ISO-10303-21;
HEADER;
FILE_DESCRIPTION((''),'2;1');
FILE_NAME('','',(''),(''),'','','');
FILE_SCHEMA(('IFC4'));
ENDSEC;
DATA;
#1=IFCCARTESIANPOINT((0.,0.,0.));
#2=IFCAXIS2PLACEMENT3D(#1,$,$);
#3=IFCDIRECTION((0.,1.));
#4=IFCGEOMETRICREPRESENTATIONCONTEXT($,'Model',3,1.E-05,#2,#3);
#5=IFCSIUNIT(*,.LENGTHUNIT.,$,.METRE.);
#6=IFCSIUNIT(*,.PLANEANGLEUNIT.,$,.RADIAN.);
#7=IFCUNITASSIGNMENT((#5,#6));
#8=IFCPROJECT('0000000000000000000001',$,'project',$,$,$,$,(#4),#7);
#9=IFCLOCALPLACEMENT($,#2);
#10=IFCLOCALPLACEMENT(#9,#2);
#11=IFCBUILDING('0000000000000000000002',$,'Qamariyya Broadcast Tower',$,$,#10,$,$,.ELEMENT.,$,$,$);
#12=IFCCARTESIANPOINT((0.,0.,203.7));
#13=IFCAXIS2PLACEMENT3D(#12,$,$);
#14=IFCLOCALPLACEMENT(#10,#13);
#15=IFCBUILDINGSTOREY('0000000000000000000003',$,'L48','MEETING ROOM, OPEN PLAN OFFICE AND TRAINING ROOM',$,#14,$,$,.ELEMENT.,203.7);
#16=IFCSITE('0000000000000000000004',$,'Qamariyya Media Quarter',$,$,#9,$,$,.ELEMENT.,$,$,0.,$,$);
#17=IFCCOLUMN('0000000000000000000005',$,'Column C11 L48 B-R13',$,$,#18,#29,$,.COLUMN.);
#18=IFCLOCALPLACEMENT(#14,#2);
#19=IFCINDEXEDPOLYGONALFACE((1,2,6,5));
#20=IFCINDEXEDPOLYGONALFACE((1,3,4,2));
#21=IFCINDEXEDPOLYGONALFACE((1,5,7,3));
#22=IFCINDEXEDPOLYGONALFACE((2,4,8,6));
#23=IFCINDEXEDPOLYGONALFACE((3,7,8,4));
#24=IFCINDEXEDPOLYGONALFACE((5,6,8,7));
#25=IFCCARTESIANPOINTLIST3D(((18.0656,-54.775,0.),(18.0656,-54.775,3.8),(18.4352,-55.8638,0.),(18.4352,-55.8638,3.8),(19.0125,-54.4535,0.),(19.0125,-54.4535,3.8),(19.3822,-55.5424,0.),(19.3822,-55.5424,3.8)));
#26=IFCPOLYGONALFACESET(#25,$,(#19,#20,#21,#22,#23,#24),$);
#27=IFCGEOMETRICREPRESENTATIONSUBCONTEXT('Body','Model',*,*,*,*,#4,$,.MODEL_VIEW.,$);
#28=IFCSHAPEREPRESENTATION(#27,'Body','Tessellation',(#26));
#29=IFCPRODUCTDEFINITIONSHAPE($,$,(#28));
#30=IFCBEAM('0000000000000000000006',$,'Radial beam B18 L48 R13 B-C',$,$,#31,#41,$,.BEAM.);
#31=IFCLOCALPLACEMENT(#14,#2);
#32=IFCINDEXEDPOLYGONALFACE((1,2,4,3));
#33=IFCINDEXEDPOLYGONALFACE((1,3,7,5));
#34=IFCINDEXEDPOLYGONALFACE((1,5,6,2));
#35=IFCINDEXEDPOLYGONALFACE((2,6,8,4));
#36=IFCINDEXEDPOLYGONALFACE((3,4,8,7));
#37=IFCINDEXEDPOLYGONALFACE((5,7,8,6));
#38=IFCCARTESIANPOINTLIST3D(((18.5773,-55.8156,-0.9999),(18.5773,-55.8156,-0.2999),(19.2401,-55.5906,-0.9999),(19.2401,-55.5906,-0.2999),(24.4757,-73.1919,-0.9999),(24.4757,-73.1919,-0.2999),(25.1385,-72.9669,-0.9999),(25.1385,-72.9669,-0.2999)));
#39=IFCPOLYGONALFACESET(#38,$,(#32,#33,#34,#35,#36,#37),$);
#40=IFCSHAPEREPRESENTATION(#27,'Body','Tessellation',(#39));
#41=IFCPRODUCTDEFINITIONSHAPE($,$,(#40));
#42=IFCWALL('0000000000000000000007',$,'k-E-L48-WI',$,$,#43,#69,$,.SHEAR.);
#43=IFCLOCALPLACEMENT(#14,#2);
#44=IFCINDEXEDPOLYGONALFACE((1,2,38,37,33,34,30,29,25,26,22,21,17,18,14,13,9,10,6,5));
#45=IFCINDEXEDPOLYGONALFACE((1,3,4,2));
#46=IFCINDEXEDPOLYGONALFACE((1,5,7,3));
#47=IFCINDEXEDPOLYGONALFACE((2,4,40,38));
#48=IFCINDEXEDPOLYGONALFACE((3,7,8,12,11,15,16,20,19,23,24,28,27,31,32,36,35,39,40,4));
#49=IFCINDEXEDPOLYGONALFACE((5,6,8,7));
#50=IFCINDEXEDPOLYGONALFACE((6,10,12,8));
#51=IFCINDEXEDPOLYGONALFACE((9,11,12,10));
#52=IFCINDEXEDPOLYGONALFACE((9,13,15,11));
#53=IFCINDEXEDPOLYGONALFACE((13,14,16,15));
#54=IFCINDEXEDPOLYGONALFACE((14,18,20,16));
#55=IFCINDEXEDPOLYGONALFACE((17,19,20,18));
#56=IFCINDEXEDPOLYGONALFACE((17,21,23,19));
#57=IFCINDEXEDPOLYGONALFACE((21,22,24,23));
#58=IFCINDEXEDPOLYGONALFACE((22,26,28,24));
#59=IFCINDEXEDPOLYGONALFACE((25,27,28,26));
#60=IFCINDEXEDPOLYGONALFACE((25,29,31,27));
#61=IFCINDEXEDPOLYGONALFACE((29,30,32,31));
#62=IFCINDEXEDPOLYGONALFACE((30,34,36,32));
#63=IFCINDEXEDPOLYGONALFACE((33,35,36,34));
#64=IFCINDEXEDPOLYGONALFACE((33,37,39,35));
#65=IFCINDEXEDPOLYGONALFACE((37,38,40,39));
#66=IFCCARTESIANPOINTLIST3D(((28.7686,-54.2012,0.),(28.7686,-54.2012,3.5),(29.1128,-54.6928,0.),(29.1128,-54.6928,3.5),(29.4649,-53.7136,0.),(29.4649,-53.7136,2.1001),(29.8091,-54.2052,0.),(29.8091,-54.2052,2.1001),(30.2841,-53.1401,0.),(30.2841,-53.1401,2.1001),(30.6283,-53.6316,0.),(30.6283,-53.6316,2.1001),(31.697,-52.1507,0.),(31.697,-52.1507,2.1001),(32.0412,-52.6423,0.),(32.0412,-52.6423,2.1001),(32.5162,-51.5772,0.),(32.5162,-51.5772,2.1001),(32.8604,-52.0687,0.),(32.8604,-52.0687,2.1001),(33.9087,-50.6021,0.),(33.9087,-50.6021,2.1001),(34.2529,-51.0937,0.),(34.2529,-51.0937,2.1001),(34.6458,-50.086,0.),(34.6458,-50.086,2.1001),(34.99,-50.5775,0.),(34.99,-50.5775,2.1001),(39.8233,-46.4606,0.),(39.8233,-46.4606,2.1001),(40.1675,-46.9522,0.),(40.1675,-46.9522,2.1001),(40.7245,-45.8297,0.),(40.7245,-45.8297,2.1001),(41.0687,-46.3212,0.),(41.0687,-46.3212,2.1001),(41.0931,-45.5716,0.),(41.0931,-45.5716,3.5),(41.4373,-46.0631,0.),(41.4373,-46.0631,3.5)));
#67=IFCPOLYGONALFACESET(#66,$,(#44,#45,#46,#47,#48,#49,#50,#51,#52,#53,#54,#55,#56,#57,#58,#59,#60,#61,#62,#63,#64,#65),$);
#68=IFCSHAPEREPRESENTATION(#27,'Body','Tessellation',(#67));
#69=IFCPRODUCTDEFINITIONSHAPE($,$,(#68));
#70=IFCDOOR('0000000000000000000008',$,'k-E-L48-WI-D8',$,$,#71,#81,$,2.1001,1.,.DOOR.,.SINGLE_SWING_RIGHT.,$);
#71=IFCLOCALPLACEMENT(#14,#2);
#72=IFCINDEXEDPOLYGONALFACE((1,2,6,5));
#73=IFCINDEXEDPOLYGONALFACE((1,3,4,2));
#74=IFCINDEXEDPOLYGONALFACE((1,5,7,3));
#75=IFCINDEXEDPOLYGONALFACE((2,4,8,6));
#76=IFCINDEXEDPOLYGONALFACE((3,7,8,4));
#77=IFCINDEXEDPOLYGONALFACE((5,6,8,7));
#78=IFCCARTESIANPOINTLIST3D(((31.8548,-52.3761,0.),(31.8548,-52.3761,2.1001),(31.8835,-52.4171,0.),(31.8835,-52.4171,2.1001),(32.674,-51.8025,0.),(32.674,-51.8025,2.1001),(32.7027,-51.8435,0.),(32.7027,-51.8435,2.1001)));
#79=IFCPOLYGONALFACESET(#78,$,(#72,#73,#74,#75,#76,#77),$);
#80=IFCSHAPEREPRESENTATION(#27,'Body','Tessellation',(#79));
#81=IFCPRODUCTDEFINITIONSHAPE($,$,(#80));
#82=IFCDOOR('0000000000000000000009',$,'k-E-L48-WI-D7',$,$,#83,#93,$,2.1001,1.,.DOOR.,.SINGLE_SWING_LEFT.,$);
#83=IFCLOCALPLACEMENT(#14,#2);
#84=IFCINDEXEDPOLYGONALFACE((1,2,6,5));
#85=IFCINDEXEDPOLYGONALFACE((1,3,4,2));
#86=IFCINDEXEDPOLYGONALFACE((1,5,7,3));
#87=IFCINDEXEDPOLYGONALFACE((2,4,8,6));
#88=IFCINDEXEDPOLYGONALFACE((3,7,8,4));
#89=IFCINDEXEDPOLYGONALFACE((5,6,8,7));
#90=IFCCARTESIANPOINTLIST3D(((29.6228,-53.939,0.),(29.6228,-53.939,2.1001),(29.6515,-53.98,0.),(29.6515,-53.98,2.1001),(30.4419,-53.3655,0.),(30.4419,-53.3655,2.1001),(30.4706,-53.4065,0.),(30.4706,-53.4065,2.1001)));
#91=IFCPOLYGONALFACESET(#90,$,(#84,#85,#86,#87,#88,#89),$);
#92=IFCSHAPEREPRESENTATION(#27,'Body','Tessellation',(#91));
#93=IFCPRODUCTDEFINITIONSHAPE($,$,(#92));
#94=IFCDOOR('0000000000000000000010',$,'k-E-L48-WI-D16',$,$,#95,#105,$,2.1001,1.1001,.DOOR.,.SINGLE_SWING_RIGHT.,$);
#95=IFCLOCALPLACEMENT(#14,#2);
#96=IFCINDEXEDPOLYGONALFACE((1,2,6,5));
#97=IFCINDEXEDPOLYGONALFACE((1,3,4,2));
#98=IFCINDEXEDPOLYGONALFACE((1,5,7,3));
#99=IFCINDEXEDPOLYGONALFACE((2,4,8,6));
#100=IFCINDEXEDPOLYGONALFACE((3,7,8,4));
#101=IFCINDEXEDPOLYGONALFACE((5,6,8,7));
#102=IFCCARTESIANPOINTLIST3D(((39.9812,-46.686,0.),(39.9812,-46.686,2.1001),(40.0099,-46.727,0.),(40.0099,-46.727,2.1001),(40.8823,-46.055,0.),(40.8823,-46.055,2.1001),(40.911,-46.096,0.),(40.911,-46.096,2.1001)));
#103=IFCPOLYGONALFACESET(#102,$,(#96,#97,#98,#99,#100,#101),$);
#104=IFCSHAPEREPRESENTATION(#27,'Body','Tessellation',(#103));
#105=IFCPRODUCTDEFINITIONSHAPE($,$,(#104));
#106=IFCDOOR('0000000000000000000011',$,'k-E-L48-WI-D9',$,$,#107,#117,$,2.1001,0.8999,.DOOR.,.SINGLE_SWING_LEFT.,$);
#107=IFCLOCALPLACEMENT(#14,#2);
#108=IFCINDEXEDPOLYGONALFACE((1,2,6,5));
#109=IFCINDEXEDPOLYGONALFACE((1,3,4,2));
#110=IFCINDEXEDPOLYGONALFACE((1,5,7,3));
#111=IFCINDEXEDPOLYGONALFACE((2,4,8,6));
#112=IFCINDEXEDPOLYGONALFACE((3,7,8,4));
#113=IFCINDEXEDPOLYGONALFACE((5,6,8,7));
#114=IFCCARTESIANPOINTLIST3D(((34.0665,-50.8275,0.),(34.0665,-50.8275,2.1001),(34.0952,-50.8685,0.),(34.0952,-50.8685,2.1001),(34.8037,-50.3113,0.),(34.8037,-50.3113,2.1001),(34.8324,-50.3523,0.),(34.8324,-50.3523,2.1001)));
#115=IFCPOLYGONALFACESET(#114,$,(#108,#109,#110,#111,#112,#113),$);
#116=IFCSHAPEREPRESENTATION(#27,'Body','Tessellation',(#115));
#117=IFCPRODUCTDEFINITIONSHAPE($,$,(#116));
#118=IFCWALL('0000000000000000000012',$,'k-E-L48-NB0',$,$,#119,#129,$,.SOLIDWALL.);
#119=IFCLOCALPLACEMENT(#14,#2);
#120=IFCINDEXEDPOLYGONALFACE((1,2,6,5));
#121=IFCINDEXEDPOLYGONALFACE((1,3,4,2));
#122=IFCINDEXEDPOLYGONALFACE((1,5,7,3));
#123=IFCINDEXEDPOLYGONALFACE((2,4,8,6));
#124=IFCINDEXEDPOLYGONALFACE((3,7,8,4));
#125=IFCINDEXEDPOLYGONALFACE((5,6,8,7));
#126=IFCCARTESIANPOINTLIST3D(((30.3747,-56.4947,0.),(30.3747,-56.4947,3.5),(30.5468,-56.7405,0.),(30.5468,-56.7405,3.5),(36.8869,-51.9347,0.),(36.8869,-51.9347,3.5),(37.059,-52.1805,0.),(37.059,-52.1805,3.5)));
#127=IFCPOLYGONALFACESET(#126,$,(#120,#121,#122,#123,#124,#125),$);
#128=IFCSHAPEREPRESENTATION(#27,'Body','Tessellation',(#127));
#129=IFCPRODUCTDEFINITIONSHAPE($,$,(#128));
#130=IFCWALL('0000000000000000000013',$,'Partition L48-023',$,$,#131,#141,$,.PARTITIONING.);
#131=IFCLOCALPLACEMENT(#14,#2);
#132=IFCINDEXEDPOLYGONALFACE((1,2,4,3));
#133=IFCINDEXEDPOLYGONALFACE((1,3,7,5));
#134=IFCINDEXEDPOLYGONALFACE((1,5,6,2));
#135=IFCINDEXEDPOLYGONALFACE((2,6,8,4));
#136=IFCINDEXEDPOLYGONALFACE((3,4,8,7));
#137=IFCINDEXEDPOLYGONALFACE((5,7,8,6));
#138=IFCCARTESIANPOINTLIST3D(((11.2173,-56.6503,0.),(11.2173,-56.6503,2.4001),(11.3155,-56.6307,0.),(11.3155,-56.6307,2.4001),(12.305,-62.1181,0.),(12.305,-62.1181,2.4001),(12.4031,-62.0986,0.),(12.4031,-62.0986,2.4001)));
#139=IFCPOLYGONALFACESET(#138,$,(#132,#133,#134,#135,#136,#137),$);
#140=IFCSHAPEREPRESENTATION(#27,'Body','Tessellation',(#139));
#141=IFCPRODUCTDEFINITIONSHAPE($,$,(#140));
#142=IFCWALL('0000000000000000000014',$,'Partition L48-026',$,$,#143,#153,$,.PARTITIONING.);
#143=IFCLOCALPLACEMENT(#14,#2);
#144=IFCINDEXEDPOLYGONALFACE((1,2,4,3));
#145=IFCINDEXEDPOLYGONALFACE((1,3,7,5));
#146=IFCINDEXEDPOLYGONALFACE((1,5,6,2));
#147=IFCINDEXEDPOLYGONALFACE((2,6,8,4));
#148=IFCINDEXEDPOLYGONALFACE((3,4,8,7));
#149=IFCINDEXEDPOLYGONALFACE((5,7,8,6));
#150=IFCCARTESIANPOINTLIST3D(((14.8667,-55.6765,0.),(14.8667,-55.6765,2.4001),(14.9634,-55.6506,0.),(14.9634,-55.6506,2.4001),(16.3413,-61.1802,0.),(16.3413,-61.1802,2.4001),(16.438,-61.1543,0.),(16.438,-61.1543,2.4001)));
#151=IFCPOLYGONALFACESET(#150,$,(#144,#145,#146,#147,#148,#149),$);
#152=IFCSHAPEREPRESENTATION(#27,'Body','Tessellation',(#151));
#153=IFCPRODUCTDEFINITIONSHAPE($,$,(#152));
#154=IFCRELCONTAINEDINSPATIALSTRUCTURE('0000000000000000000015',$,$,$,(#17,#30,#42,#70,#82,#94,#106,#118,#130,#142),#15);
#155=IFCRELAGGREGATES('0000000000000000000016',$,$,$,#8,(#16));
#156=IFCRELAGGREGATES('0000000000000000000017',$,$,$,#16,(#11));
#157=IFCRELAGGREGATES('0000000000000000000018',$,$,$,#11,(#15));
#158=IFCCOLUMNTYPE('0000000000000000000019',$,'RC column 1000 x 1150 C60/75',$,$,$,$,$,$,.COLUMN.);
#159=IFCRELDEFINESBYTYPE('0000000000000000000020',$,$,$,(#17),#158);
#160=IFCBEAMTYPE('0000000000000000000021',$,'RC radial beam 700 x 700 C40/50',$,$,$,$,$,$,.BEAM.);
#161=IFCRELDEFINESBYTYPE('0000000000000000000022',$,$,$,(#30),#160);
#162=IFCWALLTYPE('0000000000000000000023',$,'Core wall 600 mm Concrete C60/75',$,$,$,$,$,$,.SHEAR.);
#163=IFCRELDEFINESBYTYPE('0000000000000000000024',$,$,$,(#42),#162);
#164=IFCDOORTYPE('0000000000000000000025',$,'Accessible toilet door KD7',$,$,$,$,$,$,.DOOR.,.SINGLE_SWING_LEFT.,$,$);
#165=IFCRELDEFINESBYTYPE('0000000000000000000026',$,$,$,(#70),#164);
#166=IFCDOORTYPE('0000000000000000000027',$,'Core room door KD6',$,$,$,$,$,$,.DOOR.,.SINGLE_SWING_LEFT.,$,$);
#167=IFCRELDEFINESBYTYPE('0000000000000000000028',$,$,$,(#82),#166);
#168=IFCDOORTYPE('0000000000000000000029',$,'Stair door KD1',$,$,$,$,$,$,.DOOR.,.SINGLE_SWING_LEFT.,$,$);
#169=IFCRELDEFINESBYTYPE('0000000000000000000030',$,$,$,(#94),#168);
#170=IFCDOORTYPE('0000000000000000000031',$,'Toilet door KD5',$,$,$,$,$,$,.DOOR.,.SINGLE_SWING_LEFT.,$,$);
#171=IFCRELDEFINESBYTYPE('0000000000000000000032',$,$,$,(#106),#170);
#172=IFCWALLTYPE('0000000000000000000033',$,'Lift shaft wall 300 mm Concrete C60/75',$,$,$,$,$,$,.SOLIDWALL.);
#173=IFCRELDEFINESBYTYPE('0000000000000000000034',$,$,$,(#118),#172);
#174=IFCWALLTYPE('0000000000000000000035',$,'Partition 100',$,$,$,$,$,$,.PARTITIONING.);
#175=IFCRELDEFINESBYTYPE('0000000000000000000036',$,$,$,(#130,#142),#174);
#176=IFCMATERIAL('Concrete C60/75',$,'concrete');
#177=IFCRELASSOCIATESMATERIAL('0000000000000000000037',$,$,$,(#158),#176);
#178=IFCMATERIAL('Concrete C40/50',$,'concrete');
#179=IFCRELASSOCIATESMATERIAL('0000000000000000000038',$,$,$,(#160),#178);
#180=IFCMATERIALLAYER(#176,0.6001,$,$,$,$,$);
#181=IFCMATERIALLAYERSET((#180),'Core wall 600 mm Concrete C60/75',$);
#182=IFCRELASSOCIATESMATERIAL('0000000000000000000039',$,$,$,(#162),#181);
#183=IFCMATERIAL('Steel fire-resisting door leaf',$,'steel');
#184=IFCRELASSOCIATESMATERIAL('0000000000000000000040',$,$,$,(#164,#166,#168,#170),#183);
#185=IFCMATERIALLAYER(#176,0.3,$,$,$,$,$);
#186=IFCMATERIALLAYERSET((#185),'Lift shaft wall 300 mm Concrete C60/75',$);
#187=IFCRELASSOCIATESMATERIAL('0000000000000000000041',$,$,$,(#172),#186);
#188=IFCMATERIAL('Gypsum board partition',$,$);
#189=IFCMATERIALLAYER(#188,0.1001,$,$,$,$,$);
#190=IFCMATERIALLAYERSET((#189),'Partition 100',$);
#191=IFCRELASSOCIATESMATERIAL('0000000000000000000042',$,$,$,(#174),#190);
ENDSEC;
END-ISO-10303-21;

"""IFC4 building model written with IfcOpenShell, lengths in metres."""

from ifc_helpers import new_model, si_unit, direction, frame, frame_2d, origin, origin_2d, place, context, subcontext, project, spatial, rectangle, extrude, material, layer, layer_set, material_profile, profile_set, type_object, element, fill, save


model = new_model("IFC4")

# Units and contexts
model_context = context("Model", 3, precision=1e-05, world=origin(), true_north=direction((0.0, 1.0)))
body_context = subcontext(model_context, "Body", "Model", "MODEL_VIEW")
ifc_project = project(units=[si_unit("LENGTHUNIT", "METRE"), si_unit("PLANEANGLEUNIT", "RADIAN")], contexts=[model_context])

# Site, building, storey
site_placement = place(None, origin())
site = spatial("IfcSite", under=ifc_project, at=site_placement, Name="Qamariyya Media Quarter", CompositionType="ELEMENT", RefElevation=0.0)
building_placement = place(site_placement, origin())
building = spatial("IfcBuilding", under=site, at=building_placement, Name="Qamariyya Broadcast Tower", CompositionType="ELEMENT")
storey_placement = place(building_placement, frame((0.0, 0.0, 203.7)))
storey = spatial("IfcBuildingStorey", under=building, at=storey_placement, Name="L48", Description="MEETING ROOM, OPEN PLAN OFFICE AND TRAINING ROOM", CompositionType="ELEMENT", Elevation=203.7)

# Column
ifc_material_1 = material(Name="Concrete C60/75", Category="concrete")
ifc_material_profile_1 = material_profile(ifc_material_1, rectangle(XDim=1.0, YDim=1.1499, at=origin_2d()))
ifc_profile_set_1 = profile_set([ifc_material_profile_1], Name="Concrete C60/75")
column_type = type_object("IfcColumnType", Name="RC column 1000 x 1150 C60/75", PredefinedType="COLUMN", material=ifc_profile_set_1)
column_placement = place(storey_placement, frame((18.7239, -55.1587, 0.0), z_axis=(0.0, 0.0, 1.0), x_axis=(0.94693, 0.321439, 0.0)))
element("IfcColumn", 1, at=column_placement, inside=storey, type_object=column_type, Name="Column C11 L48 B-R13", PredefinedType="COLUMN", context=body_context, shape_type="SweptSolid", body=[
    extrude(rectangle(XDim=1.0, YDim=1.1499, at=origin_2d()), origin(), (0.0, 0.0, 1.0), 3.8),
])

# Beam
ifc_material_2 = material(Name="Concrete C40/50", Category="concrete")
ifc_material_profile_2 = material_profile(ifc_material_2, rectangle(XDim=0.7, YDim=0.7, at=origin_2d()))
ifc_profile_set_2 = profile_set([ifc_material_profile_2], Name="Concrete C40/50")
beam_type = type_object("IfcBeamType", Name="RC radial beam 700 x 700 C40/50", PredefinedType="BEAM", material=ifc_profile_set_2)
beam_placement = place(storey_placement, frame((18.9087, -55.7031, -0.6499), z_axis=(0.32144, -0.94693, 0.0), x_axis=(0.94693, 0.32144, 0.0)))
element("IfcBeam", 2, at=beam_placement, inside=storey, type_object=beam_type, Name="Radial beam B18 L48 R13 B-C", PredefinedType="BEAM", context=body_context, shape_type="SweptSolid", body=[
    extrude(rectangle(XDim=0.7, YDim=0.7, at=origin_2d()), origin(), (0.0, 0.0, 1.0), 18.3501),
])

# Wall, openings, doors
ifc_layer_1 = layer(ifc_material_1, 0.6001)
ifc_layer_set_1 = layer_set([ifc_layer_1], Name="Core wall 600 mm Concrete C60/75")
wall_type_1 = type_object("IfcWallType", Name="Core wall 600 mm Concrete C60/75", PredefinedType="SHEAR", material=ifc_layer_set_1)
wall_1_placement = place(storey_placement, frame((28.9407, -54.447, 0.0), z_axis=(0.0, 0.0, 1.0), x_axis=(0.819153, 0.573575, 0.0)))
wall_1 = element("IfcWall", 3, at=wall_1_placement, inside=storey, type_object=wall_type_1, Name="k-E-L48-WI", PredefinedType="SHEAR", context=body_context, shape_type="SweptSolid", body=[
    extrude(rectangle(XDim=15.0454, YDim=0.6001, at=frame_2d((7.5227, 0.0))), origin(), (0.0, 0.0, 1.0), 3.5),
])
opening_1_placement = place(wall_1_placement, frame((0.8501, 0.0, 0.0)))
opening_1 = element("IfcOpeningElement", 4, at=opening_1_placement, cuts=wall_1, PredefinedType="OPENING", context=body_context, shape_type="SweptSolid", body=[
    extrude(rectangle(XDim=1.0, YDim=2.1001, at=frame_2d((0.5, 1.05))), frame((0.0, 0.3101, 0.0), z_axis=(0.0, -1.0, 0.0), x_axis=(1.0, 0.0, 0.0)), (0.0, 0.0, 1.0), 0.6201),
])
opening_2_placement = place(wall_1_placement, frame((3.575, 0.0, 0.0)))
opening_2 = element("IfcOpeningElement", 5, at=opening_2_placement, cuts=wall_1, PredefinedType="OPENING", context=body_context, shape_type="SweptSolid", body=[
    extrude(rectangle(XDim=1.0, YDim=2.1001, at=frame_2d((0.5, 1.05))), frame((0.0, 0.3101, 0.0), z_axis=(0.0, -1.0, 0.0), x_axis=(1.0, 0.0, 0.0)), (0.0, 0.0, 1.0), 0.6201),
])
opening_3_placement = place(wall_1_placement, frame((6.2749, 0.0, 0.0)))
opening_3 = element("IfcOpeningElement", 6, at=opening_3_placement, cuts=wall_1, PredefinedType="OPENING", context=body_context, shape_type="SweptSolid", body=[
    extrude(rectangle(XDim=0.8999, YDim=2.1001, at=frame_2d((0.45, 1.05))), frame((0.0, 0.3101, 0.0), z_axis=(0.0, -1.0, 0.0), x_axis=(1.0, 0.0, 0.0)), (0.0, 0.0, 1.0), 0.6201),
])
opening_4_placement = place(wall_1_placement, frame((13.4954, 0.0, 0.0)))
opening_4 = element("IfcOpeningElement", 7, at=opening_4_placement, cuts=wall_1, PredefinedType="OPENING", context=body_context, shape_type="SweptSolid", body=[
    extrude(rectangle(XDim=1.1001, YDim=2.1001, at=frame_2d((0.55, 1.05))), frame((0.0, 0.3101, 0.0), z_axis=(0.0, -1.0, 0.0), x_axis=(1.0, 0.0, 0.0)), (0.0, 0.0, 1.0), 0.6201),
])
ifc_material_3 = material(Name="Steel fire-resisting door leaf", Category="steel")
door_type_1 = type_object("IfcDoorType", Name="Accessible toilet door KD7", OperationType="SINGLE_SWING_LEFT", PredefinedType="DOOR", material=ifc_material_3)
door_1_placement = place(opening_2_placement, origin())
door_1 = element("IfcDoor", 8, at=door_1_placement, inside=storey, type_object=door_type_1, Name="k-E-L48-WI-D8", OperationType="SINGLE_SWING_RIGHT", OverallHeight=2.1001, OverallWidth=1.0, PredefinedType="DOOR", context=body_context, shape_type="SweptSolid", body=[
    extrude(rectangle(XDim=1.0, YDim=2.1001, at=frame_2d((0.5, 1.05))), frame((0.0, 0.0249, 0.0), z_axis=(0.0, -1.0, 0.0), x_axis=(1.0, 0.0, 0.0)), (0.0, 0.0, 1.0), 0.05),
])
fill(opening_2, door_1)
door_type_2 = type_object("IfcDoorType", Name="Core room door KD6", OperationType="SINGLE_SWING_LEFT", PredefinedType="DOOR", material=ifc_material_3)
door_2_placement = place(opening_1_placement, origin())
door_2 = element("IfcDoor", 9, at=door_2_placement, inside=storey, type_object=door_type_2, Name="k-E-L48-WI-D7", OperationType="SINGLE_SWING_LEFT", OverallHeight=2.1001, OverallWidth=1.0, PredefinedType="DOOR", context=body_context, shape_type="SweptSolid", body=[
    extrude(rectangle(XDim=1.0, YDim=2.1001, at=frame_2d((0.5, 1.05))), frame((0.0, 0.0249, 0.0), z_axis=(0.0, -1.0, 0.0), x_axis=(1.0, 0.0, 0.0)), (0.0, 0.0, 1.0), 0.05),
])
fill(opening_1, door_2)
door_type_3 = type_object("IfcDoorType", Name="Stair door KD1", OperationType="SINGLE_SWING_LEFT", PredefinedType="DOOR", material=ifc_material_3)
door_3_placement = place(opening_4_placement, origin())
door_3 = element("IfcDoor", 10, at=door_3_placement, inside=storey, type_object=door_type_3, Name="k-E-L48-WI-D16", OperationType="SINGLE_SWING_RIGHT", OverallHeight=2.1001, OverallWidth=1.1001, PredefinedType="DOOR", context=body_context, shape_type="SweptSolid", body=[
    extrude(rectangle(XDim=1.1001, YDim=2.1001, at=frame_2d((0.55, 1.05))), frame((0.0, 0.0249, 0.0), z_axis=(0.0, -1.0, 0.0), x_axis=(1.0, 0.0, 0.0)), (0.0, 0.0, 1.0), 0.05),
])
fill(opening_4, door_3)
door_type_4 = type_object("IfcDoorType", Name="Toilet door KD5", OperationType="SINGLE_SWING_LEFT", PredefinedType="DOOR", material=ifc_material_3)
door_4_placement = place(opening_3_placement, origin())
door_4 = element("IfcDoor", 11, at=door_4_placement, inside=storey, type_object=door_type_4, Name="k-E-L48-WI-D9", OperationType="SINGLE_SWING_LEFT", OverallHeight=2.1001, OverallWidth=0.8999, PredefinedType="DOOR", context=body_context, shape_type="SweptSolid", body=[
    extrude(rectangle(XDim=0.8999, YDim=2.1001, at=frame_2d((0.45, 1.05))), frame((0.0, 0.0249, 0.0), z_axis=(0.0, -1.0, 0.0), x_axis=(1.0, 0.0, 0.0)), (0.0, 0.0, 1.0), 0.05),
])
fill(opening_3, door_4)

# Walls
ifc_layer_2 = layer(ifc_material_1, 0.3)
ifc_layer_set_2 = layer_set([ifc_layer_2], Name="Lift shaft wall 300 mm Concrete C60/75")
wall_type_2 = type_object("IfcWallType", Name="Lift shaft wall 300 mm Concrete C60/75", PredefinedType="SOLIDWALL", material=ifc_layer_set_2)
wall_2_placement = place(storey_placement, frame((30.4607, -56.6177, 0.0), z_axis=(0.0, 0.0, 1.0), x_axis=(0.819142, 0.57359, 0.0)))
element("IfcWall", 12, at=wall_2_placement, inside=storey, type_object=wall_type_2, Name="k-E-L48-NB0", PredefinedType="SOLIDWALL", context=body_context, shape_type="SweptSolid", body=[
    extrude(rectangle(XDim=7.95, YDim=0.3, at=frame_2d((3.9751, 0.0))), origin(), (0.0, 0.0, 1.0), 3.5),
])
ifc_material_4 = material(Name="Gypsum board partition")
ifc_layer_3 = layer(ifc_material_4, 0.1001)
ifc_layer_set_3 = layer_set([ifc_layer_3], Name="Partition 100")
wall_type_3 = type_object("IfcWallType", Name="Partition 100", PredefinedType="PARTITIONING", material=ifc_layer_set_3)
wall_3_placement = place(storey_placement, frame((11.2664, -56.6404, 0.0), z_axis=(0.0, 0.0, 1.0), x_axis=(0.195097, -0.980784, 0.0)))
element("IfcWall", 13, at=wall_3_placement, inside=storey, type_object=wall_type_3, Name="Partition L48-023", PredefinedType="PARTITIONING", context=body_context, shape_type="SweptSolid", body=[
    extrude(rectangle(XDim=5.575, YDim=0.1001, at=frame_2d((2.7876, 0.0))), origin(), (0.0, 0.0, 1.0), 2.4001),
])
wall_4_placement = place(storey_placement, frame((14.915, -55.6636, 0.0), z_axis=(0.0, 0.0, 1.0), x_axis=(0.258804, -0.96593, 0.0)))
element("IfcWall", 14, at=wall_4_placement, inside=storey, type_object=wall_type_3, Name="Partition L48-026", PredefinedType="PARTITIONING", context=body_context, shape_type="SweptSolid", body=[
    extrude(rectangle(XDim=5.6978, YDim=0.1001, at=frame_2d((2.8489, 0.0))), origin(), (0.0, 0.0, 1.0), 2.4001),
])

save(model, "model.ifc")
